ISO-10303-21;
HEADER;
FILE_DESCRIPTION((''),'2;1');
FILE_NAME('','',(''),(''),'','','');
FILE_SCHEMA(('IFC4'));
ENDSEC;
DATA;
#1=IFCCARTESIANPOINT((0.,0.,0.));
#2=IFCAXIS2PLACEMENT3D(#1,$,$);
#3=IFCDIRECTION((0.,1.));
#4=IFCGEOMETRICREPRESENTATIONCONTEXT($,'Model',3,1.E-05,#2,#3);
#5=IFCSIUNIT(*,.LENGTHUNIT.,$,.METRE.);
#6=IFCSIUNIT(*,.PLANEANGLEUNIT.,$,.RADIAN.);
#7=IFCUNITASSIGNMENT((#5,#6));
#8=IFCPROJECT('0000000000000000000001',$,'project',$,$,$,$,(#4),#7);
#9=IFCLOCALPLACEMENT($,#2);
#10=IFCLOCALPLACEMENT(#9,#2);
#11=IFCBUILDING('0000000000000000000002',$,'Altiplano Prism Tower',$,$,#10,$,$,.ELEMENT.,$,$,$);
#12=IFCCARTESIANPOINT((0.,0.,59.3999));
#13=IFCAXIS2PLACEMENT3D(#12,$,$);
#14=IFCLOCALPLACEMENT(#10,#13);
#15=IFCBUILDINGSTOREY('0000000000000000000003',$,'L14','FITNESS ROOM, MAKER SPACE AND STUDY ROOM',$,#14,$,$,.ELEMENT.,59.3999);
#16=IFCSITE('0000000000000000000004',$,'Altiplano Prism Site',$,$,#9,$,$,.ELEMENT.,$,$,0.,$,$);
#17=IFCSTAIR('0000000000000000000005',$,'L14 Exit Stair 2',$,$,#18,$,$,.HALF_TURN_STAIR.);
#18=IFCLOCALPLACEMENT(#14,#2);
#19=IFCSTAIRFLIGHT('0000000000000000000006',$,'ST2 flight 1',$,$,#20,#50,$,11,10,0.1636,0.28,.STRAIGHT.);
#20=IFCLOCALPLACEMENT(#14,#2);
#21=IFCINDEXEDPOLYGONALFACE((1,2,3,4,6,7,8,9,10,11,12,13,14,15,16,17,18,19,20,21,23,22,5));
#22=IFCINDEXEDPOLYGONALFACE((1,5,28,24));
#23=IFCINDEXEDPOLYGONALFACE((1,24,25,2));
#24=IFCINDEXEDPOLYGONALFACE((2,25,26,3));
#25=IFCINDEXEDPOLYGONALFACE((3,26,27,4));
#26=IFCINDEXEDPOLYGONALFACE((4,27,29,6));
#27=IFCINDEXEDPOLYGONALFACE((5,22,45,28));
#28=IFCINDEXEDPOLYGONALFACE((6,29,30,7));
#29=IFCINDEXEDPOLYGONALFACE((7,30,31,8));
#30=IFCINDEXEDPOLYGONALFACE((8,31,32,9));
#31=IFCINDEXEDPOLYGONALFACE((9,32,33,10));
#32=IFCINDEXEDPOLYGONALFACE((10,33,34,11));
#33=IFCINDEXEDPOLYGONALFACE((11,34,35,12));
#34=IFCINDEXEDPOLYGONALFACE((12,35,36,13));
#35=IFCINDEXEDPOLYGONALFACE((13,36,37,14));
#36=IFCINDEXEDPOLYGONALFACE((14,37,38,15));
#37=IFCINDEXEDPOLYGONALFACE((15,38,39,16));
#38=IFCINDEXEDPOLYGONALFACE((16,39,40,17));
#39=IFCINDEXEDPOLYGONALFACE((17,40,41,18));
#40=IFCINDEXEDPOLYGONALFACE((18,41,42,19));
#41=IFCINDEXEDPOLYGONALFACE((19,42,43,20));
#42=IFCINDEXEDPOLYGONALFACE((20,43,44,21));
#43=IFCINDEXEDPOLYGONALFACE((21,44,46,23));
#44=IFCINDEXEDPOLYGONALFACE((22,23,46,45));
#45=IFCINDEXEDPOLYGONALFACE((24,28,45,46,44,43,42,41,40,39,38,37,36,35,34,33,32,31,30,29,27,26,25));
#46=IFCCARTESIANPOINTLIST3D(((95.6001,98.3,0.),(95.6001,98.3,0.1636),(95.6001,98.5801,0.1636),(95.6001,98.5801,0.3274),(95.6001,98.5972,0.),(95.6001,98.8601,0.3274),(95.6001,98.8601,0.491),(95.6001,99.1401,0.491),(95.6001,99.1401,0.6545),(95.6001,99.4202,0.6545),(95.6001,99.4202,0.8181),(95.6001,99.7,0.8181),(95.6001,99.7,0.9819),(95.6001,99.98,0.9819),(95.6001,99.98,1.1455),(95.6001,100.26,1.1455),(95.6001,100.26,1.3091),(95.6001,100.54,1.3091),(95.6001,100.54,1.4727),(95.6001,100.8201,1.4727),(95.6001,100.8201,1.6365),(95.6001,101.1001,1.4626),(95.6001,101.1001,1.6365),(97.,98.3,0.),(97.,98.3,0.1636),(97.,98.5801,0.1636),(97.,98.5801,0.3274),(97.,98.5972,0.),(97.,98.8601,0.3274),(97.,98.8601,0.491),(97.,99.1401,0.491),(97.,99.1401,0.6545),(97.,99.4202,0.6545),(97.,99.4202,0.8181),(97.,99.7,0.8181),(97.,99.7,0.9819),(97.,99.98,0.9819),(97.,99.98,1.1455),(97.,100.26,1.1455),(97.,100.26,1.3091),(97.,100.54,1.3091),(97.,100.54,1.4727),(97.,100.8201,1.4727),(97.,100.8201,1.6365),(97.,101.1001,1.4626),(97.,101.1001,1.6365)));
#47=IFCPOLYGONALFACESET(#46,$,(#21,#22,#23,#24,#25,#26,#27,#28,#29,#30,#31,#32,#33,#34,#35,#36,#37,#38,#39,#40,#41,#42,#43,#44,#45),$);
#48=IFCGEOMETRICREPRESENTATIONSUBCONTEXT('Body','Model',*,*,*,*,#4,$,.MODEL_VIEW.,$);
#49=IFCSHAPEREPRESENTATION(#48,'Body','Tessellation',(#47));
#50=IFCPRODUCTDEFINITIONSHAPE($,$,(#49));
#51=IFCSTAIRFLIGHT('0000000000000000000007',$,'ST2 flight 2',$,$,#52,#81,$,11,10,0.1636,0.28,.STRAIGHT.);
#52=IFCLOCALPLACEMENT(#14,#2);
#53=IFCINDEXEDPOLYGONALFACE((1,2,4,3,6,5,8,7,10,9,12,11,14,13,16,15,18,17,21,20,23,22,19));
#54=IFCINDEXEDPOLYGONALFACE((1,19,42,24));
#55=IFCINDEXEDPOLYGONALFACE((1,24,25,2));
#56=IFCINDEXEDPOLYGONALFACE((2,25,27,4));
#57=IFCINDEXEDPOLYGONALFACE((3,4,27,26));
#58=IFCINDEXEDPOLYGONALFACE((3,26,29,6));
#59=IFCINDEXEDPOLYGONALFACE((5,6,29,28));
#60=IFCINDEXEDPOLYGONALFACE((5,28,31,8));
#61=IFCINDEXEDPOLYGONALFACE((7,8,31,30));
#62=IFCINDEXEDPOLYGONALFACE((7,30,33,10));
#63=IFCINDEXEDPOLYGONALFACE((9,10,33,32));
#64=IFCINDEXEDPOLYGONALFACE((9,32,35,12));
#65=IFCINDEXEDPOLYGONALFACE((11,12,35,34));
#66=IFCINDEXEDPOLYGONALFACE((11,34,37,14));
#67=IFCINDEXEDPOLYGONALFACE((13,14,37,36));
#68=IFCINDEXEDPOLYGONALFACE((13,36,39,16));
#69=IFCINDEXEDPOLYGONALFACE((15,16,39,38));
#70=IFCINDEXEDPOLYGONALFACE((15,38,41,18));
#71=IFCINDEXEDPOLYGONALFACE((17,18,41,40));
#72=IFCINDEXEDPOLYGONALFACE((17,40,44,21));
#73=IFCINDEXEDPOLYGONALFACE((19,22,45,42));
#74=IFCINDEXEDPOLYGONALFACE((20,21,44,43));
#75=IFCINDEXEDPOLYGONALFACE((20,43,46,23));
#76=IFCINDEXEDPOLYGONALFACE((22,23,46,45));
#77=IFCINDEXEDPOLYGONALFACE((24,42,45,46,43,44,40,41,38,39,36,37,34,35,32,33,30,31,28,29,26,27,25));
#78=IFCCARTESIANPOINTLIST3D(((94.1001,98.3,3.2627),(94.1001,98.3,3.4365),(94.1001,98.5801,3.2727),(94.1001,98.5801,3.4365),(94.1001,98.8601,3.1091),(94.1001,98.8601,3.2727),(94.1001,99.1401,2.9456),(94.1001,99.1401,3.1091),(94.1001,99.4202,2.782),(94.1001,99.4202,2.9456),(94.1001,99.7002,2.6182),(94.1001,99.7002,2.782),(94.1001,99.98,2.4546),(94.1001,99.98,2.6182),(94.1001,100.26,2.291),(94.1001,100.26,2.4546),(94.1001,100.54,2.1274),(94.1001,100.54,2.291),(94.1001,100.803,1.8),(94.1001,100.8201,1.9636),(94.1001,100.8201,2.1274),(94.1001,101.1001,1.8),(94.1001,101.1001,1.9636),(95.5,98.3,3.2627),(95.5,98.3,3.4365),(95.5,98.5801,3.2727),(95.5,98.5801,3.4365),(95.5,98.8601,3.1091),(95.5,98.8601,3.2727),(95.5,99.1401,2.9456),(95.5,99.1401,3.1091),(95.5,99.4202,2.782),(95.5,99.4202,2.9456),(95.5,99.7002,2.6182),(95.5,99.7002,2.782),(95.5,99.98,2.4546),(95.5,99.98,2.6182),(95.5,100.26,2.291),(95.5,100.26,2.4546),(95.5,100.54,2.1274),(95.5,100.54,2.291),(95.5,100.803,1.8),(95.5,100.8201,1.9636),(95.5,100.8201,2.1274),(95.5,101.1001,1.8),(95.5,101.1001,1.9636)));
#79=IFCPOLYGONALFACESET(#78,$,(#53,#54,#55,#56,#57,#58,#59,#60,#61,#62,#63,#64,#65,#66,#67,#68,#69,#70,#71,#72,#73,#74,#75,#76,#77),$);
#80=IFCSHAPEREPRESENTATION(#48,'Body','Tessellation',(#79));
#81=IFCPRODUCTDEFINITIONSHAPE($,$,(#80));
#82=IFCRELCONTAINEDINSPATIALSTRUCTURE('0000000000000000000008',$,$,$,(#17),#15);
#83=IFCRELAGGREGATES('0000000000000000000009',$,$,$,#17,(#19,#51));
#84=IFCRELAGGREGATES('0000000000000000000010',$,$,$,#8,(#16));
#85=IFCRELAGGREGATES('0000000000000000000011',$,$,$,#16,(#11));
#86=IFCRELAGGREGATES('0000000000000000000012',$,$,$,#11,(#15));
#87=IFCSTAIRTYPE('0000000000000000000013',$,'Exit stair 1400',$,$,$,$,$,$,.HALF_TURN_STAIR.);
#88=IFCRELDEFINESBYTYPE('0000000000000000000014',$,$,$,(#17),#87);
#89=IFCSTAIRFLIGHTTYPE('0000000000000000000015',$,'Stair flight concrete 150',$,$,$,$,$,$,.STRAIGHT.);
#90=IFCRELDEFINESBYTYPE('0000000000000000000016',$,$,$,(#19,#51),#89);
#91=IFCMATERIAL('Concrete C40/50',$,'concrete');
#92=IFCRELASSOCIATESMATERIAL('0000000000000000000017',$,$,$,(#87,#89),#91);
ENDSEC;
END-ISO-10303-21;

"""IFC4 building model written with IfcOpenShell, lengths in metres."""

from ifc_helpers import new_model, si_unit, direction, frame, origin, place, context, subcontext, project, spatial, polyline, outline, extrude, material, type_object, element, aggregate, save


model = new_model("IFC4")

# Units and contexts
model_context = context("Model", 3, precision=1e-05, world=origin(), true_north=direction((0.0, 1.0)))
body_context = subcontext(model_context, "Body", "Model", "MODEL_VIEW")
ifc_project = project(units=[si_unit("LENGTHUNIT", "METRE"), si_unit("PLANEANGLEUNIT", "RADIAN")], contexts=[model_context])

# Site, building, storey
site_placement = place(None, origin())
site = spatial("IfcSite", under=ifc_project, at=site_placement, Name="Altiplano Prism Site", CompositionType="ELEMENT", RefElevation=0.0)
building_placement = place(site_placement, origin())
building = spatial("IfcBuilding", under=site, at=building_placement, Name="Altiplano Prism Tower", CompositionType="ELEMENT")
storey_placement = place(building_placement, frame((0.0, 0.0, 59.3999)))
storey = spatial("IfcBuildingStorey", under=building, at=storey_placement, Name="L14", Description="FITNESS ROOM, MAKER SPACE AND STUDY ROOM", CompositionType="ELEMENT", Elevation=59.3999)

# Stair, stair flights
ifc_material_1 = material(Name="Concrete C40/50", Category="concrete")
stair_type = type_object("IfcStairType", Name="Exit stair 1400", PredefinedType="HALF_TURN_STAIR", material=ifc_material_1)
stair_placement = place(storey_placement, origin())
stair = element("IfcStair", 1, at=stair_placement, inside=storey, type_object=stair_type, Name="L14 Exit Stair 2", PredefinedType="HALF_TURN_STAIR")
stair_flight_type = type_object("IfcStairFlightType", Name="Stair flight concrete 150", PredefinedType="STRAIGHT", material=ifc_material_1)
stair_flight_1_placement = place(storey_placement, frame((96.3, 98.3, 0.0), z_axis=(0.0, 0.0, 1.0), x_axis=(0.0, 1.0, 0.0)))
stair_flight_1 = element("IfcStairFlight", 2, at=stair_flight_1_placement, type_object=stair_flight_type, Name="ST2 flight 1", NumberOfRisers=11, NumberOfTreads=10, PredefinedType="STRAIGHT", RiserHeight=0.1636, TreadLength=0.28, context=body_context, shape_type="SweptSolid", body=[
    extrude(outline(polyline([(0.0, 0.0), (0.0, 0.1636), (0.28, 0.1636), (0.28, 0.3274), (0.5601, 0.3274), (0.5601, 0.491), (0.8401, 0.491), (0.8401, 0.6545), (1.1201, 0.6545), (1.1201, 0.8181), (1.3999, 0.8181), (1.3999, 0.9819), (1.6799, 0.9819), (1.6799, 1.1455), (1.96, 1.1455), (1.96, 1.3091), (2.24, 1.3091), (2.24, 1.4727), (2.52, 1.4727), (2.52, 1.6365), (2.8, 1.6365), (2.8, 1.8), (2.8, 1.4626), (0.2971, 0.0), (0.0, 0.0)])), frame((0.0, 0.7, 0.0), z_axis=(0.0, -1.0, 0.0), x_axis=(1.0, 0.0, 0.0)), (0.0, 0.0, 1.0), 1.3999),
])
stair_flight_2_placement = place(storey_placement, frame((94.8, 101.1001, 1.8), z_axis=(0.0, 0.0, 1.0), x_axis=(0.0, -1.0, 0.0)))
stair_flight_2 = element("IfcStairFlight", 3, at=stair_flight_2_placement, type_object=stair_flight_type, Name="ST2 flight 2", NumberOfRisers=11, NumberOfTreads=10, PredefinedType="STRAIGHT", RiserHeight=0.1636, TreadLength=0.28, context=body_context, shape_type="SweptSolid", body=[
    extrude(outline(polyline([(0.0, 0.0), (0.0, 0.1636), (0.28, 0.1636), (0.28, 0.3274), (0.5601, 0.3274), (0.5601, 0.491), (0.8401, 0.491), (0.8401, 0.6545), (1.1201, 0.6545), (1.1201, 0.8181), (1.3999, 0.8181), (1.3999, 0.9819), (1.6799, 0.9819), (1.6799, 1.1455), (1.96, 1.1455), (1.96, 1.3091), (2.24, 1.3091), (2.24, 1.4727), (2.52, 1.4727), (2.52, 1.6365), (2.8, 1.6365), (2.8, 1.8), (2.8, 1.4626), (0.2971, 0.0), (0.0, 0.0)])), frame((0.0, 0.7, 0.0), z_axis=(0.0, -1.0, 0.0), x_axis=(1.0, 0.0, 0.0)), (0.0, 0.0, 1.0), 1.3999),
])
aggregate(stair, [stair_flight_1, stair_flight_2])

save(model, "model.ifc")
